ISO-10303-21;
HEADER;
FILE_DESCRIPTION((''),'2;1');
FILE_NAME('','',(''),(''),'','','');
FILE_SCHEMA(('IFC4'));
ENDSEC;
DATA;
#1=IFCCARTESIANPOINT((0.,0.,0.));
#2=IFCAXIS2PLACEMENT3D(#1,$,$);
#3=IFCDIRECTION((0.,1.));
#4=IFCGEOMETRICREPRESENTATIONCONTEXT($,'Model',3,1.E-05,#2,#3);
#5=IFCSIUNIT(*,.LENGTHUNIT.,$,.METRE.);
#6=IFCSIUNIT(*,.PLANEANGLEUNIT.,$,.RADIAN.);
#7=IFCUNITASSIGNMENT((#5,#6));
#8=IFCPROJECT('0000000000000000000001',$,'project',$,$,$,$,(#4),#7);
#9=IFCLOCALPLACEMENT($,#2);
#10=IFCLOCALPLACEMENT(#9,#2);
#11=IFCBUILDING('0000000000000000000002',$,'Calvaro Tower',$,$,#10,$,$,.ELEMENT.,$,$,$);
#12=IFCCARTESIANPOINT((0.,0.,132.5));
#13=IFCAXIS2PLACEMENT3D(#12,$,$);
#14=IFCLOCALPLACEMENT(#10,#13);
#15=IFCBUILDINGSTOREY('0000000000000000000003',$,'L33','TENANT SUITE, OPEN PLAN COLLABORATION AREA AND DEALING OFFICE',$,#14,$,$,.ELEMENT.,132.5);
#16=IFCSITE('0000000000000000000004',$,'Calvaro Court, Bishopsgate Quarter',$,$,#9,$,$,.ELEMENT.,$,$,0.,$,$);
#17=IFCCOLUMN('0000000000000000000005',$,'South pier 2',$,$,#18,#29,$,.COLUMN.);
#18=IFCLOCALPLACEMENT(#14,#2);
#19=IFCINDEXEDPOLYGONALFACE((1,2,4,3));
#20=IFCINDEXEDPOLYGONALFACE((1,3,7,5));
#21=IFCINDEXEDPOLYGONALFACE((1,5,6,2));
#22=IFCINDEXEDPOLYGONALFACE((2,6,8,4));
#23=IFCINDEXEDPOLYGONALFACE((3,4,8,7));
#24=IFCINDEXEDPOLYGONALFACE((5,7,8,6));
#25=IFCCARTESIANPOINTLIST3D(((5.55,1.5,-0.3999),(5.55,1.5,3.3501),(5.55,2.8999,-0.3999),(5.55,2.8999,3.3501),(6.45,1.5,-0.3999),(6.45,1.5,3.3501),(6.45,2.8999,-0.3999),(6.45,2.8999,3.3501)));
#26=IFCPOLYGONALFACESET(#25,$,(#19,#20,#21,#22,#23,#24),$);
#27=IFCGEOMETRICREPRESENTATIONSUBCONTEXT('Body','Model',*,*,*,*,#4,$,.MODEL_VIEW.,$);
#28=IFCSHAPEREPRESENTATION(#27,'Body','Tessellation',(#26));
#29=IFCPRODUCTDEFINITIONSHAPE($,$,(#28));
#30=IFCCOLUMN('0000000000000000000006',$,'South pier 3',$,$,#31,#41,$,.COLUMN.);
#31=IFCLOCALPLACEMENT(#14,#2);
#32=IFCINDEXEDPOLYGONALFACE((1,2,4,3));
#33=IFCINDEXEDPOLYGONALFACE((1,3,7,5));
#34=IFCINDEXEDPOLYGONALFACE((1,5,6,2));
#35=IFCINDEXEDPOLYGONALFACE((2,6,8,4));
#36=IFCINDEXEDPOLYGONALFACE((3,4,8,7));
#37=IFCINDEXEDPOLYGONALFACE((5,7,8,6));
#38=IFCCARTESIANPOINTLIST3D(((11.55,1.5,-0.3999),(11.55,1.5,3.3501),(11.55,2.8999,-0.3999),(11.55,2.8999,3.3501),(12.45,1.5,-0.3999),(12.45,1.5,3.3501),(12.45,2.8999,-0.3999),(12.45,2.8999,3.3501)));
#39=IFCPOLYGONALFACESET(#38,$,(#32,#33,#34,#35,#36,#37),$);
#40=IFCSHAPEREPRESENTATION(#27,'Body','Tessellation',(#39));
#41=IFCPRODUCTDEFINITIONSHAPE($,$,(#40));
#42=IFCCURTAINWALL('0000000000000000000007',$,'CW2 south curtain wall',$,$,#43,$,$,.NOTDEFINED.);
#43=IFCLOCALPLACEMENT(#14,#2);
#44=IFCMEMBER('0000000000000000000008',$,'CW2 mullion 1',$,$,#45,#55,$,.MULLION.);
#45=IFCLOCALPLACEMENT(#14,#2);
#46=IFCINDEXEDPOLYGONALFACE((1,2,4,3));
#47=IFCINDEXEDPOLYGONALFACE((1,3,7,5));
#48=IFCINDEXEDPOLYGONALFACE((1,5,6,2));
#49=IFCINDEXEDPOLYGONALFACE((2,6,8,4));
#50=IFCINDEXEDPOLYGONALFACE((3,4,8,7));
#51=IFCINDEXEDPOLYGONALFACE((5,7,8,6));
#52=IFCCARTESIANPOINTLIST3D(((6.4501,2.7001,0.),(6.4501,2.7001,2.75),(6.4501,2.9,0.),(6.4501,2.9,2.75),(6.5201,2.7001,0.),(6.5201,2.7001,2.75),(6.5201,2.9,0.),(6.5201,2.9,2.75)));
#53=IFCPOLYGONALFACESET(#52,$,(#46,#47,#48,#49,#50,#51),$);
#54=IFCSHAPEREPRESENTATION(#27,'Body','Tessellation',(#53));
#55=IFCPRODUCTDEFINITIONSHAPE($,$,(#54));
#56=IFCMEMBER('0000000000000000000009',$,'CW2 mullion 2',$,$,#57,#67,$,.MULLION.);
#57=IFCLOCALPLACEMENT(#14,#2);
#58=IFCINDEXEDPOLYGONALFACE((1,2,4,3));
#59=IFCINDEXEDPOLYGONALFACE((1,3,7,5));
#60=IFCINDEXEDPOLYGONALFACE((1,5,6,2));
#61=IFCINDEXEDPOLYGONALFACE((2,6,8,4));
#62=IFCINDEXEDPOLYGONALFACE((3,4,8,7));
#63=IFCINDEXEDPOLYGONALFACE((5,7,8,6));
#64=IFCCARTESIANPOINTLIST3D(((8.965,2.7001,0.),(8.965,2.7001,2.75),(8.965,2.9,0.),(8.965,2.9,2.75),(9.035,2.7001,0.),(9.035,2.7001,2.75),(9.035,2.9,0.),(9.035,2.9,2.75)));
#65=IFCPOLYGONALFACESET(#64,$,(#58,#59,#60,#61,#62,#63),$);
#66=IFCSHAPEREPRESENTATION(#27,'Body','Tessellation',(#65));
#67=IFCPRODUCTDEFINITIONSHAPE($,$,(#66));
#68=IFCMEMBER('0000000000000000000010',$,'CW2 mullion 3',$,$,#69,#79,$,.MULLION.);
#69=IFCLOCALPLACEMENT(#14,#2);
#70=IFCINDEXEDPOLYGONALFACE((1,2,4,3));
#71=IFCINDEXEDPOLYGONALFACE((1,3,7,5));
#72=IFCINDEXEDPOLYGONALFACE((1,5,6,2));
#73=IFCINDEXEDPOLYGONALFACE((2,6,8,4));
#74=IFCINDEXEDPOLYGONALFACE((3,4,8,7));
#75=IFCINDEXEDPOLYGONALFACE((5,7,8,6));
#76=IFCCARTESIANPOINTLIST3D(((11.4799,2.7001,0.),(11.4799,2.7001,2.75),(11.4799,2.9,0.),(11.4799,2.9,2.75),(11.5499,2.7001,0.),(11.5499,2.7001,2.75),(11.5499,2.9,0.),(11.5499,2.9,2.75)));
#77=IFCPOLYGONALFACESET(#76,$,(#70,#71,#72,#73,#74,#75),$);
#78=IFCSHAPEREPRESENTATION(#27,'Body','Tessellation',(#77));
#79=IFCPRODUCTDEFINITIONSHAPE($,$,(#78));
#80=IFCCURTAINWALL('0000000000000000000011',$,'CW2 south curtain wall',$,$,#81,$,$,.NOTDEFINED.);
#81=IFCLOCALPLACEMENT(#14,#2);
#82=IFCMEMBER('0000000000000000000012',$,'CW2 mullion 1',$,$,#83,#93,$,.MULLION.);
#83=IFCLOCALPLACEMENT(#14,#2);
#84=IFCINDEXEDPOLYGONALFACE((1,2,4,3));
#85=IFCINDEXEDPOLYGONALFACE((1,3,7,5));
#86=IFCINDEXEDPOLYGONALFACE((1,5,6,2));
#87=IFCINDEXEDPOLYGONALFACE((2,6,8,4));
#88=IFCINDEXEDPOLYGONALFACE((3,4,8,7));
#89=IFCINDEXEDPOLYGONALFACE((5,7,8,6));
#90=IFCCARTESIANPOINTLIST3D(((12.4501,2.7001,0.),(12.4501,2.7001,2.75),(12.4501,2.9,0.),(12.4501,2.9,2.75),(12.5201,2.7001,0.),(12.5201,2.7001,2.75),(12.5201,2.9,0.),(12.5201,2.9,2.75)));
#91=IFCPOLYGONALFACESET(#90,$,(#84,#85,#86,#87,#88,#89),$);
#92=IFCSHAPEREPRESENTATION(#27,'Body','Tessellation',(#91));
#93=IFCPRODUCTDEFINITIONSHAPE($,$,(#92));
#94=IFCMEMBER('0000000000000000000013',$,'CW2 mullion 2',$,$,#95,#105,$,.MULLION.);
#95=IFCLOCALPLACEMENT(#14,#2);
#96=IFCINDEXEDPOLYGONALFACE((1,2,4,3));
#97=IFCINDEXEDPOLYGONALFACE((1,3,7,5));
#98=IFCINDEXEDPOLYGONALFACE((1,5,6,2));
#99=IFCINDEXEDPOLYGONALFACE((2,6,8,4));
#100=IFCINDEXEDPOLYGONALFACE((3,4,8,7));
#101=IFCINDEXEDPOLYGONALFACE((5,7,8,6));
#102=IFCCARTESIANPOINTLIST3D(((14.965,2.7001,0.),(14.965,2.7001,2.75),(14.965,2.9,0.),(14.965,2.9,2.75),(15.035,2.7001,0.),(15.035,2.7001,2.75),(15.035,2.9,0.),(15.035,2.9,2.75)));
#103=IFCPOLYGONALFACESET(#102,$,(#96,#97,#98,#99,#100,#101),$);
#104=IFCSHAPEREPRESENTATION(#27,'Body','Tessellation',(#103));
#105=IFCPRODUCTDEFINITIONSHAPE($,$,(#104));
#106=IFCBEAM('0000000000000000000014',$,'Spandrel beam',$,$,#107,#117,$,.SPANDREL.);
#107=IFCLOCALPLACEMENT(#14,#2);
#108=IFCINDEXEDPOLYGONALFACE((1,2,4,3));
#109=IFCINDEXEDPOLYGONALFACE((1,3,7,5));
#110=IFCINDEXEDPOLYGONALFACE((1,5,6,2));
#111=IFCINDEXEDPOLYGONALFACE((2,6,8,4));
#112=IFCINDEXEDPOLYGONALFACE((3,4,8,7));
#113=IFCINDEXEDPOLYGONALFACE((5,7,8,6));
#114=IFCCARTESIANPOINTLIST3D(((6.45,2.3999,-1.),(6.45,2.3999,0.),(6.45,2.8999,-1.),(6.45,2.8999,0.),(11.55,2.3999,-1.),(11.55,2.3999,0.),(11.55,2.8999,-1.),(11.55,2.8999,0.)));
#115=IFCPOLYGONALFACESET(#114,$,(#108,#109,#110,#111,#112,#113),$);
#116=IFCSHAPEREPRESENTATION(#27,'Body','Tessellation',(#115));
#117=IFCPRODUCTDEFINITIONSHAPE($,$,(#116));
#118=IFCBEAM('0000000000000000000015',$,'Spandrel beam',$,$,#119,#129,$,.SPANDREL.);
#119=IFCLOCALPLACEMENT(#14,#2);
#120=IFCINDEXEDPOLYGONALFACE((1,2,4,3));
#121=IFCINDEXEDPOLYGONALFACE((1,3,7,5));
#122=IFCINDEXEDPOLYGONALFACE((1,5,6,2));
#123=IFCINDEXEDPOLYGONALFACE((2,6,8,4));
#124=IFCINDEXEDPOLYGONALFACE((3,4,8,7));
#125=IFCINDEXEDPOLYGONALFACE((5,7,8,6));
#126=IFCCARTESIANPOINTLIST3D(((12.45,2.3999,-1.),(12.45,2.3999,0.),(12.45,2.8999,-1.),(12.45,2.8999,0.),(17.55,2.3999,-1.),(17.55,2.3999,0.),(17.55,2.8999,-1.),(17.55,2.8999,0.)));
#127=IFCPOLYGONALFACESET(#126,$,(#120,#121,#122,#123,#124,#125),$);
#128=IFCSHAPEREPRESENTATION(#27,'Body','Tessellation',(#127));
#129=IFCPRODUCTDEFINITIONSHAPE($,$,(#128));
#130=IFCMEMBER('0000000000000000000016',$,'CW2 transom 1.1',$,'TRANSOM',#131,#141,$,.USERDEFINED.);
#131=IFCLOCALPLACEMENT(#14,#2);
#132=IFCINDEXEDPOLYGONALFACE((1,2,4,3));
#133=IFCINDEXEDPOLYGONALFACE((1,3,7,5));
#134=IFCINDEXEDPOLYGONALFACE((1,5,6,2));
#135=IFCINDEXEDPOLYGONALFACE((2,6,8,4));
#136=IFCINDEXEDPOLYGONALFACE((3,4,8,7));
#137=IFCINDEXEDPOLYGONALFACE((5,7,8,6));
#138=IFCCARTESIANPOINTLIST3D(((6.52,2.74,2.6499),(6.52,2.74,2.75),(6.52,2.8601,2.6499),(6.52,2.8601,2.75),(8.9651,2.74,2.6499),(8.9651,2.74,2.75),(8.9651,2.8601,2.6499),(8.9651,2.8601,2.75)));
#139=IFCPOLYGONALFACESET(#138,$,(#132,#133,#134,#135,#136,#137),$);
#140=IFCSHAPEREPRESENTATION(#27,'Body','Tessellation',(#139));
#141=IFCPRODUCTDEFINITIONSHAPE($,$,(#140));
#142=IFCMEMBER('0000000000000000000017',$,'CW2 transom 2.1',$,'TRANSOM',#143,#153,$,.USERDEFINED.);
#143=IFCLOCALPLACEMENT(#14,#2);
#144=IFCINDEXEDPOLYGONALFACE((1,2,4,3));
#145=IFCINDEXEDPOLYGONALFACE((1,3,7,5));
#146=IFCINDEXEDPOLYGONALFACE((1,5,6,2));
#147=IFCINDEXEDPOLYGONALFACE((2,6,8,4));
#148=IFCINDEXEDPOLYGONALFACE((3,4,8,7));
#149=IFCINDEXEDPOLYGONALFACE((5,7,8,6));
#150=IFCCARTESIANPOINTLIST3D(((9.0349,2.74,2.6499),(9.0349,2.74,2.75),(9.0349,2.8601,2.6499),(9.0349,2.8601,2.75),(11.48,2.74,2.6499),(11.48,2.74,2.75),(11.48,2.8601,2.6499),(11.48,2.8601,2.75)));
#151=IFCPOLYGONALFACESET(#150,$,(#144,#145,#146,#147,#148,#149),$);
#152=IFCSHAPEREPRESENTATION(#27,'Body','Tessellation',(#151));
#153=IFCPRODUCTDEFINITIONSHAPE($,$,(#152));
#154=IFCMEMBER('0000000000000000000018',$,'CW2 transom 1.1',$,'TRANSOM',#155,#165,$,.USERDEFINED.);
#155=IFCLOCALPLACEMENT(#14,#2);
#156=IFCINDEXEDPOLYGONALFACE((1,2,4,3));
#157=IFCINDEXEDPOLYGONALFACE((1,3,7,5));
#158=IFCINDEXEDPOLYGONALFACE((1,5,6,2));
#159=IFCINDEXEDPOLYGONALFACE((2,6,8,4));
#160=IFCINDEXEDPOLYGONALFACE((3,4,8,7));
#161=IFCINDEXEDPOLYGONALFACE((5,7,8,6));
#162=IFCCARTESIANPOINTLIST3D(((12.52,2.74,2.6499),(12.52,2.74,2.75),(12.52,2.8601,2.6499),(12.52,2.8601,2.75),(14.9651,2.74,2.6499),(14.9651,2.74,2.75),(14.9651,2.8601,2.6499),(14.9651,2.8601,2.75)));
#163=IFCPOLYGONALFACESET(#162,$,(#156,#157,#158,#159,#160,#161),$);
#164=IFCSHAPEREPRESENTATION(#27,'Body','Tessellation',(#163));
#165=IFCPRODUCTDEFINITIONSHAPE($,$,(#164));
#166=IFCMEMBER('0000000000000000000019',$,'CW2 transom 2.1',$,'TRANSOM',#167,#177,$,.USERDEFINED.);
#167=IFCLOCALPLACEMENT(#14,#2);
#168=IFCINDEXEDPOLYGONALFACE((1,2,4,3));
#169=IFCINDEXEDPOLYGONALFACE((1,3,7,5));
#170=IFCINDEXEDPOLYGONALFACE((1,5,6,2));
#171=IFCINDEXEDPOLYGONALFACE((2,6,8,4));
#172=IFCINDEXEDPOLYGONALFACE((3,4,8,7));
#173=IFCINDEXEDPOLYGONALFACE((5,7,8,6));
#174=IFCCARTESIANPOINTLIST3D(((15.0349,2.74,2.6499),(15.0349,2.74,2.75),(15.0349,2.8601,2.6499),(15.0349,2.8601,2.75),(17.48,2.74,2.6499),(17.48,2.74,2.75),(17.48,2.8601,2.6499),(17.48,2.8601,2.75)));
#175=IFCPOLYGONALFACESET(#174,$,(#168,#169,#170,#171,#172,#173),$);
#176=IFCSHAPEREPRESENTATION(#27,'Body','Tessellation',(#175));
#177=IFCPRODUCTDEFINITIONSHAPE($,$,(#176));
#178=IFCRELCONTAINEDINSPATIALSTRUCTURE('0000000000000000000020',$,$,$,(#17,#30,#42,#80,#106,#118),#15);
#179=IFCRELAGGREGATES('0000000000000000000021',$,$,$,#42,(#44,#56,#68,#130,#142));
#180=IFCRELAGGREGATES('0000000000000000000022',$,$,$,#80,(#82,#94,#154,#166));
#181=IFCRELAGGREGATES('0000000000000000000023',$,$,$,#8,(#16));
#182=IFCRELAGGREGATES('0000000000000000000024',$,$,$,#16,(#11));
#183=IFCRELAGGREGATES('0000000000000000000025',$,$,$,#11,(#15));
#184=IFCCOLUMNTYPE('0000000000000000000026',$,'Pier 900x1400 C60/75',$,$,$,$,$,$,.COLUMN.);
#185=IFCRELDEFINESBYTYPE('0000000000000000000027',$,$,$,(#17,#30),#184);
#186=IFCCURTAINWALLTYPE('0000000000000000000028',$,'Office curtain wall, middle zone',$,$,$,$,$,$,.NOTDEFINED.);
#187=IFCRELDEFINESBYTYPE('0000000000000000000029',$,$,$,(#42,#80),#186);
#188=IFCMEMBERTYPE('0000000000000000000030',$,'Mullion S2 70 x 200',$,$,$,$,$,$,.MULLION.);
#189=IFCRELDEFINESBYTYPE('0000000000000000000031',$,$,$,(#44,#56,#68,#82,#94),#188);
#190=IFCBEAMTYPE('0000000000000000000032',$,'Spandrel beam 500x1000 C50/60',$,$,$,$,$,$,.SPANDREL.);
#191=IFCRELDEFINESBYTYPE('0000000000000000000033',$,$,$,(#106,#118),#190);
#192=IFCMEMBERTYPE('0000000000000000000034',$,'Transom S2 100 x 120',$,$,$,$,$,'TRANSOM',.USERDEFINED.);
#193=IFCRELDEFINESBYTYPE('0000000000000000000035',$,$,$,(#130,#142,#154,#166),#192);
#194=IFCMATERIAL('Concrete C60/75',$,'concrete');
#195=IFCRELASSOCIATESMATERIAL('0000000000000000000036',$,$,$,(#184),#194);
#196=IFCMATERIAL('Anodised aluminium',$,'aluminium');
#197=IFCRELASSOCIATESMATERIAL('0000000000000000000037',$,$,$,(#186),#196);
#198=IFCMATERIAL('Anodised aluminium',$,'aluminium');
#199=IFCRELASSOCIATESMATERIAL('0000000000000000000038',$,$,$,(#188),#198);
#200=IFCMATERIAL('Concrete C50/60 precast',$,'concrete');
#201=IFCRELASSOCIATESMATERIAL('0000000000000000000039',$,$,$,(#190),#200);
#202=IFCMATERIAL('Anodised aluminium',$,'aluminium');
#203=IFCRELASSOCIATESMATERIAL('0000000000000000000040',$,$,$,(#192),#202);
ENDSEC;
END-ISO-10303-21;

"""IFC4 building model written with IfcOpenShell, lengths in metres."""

from ifc_helpers import new_model, si_unit, direction, frame, origin, origin_2d, place, context, subcontext, project, spatial, rectangle, extrude, material, material_profile, profile_set, type_object, element, aggregate, save


model = new_model("IFC4")

# Units and contexts
model_context = context("Model", 3, precision=1e-05, world=origin(), true_north=direction((0.0, 1.0)))
body_context = subcontext(model_context, "Body", "Model", "MODEL_VIEW")
ifc_project = project(units=[si_unit("LENGTHUNIT", "METRE"), si_unit("PLANEANGLEUNIT", "RADIAN")], contexts=[model_context])

# Site, building, storey
site_placement = place(None, origin())
site = spatial("IfcSite", under=ifc_project, at=site_placement, Name="Calvaro Court, Bishopsgate Quarter", CompositionType="ELEMENT", RefElevation=0.0)
building_placement = place(site_placement, origin())
building = spatial("IfcBuilding", under=site, at=building_placement, Name="Calvaro Tower", CompositionType="ELEMENT")
storey_placement = place(building_placement, frame((0.0, 0.0, 132.5)))
storey = spatial("IfcBuildingStorey", under=building, at=storey_placement, Name="L33", Description="TENANT SUITE, OPEN PLAN COLLABORATION AREA AND DEALING OFFICE", CompositionType="ELEMENT", Elevation=132.5)

# Columns
ifc_material_1 = material(Name="Concrete C60/75", Category="concrete")
ifc_material_profile_1 = material_profile(ifc_material_1, rectangle(XDim=0.8999, YDim=1.3999, at=origin_2d()), Name="RC 900x1400")
ifc_profile_set_1 = profile_set([ifc_material_profile_1], Name="Concrete C60/75")
column_type = type_object("IfcColumnType", Name="Pier 900x1400 C60/75", PredefinedType="COLUMN", material=ifc_profile_set_1)
for number, where, z_axis, x_axis, name in (
    (1, (6.0, 2.2, -0.3999), (0.0, 0.0, 1.0), (1.0, 0.0, 0.0), "South pier 2"),
    (2, (12.0, 2.2, -0.3999), (0.0, 0.0, 1.0), (1.0, 0.0, 0.0), "South pier 3"),
):
    element("IfcColumn", number, at=place(storey_placement, frame(where, z_axis=z_axis, x_axis=x_axis)), inside=storey, type_object=column_type, Name=name, PredefinedType="COLUMN", context=body_context, shape_type="SweptSolid", body=[
        extrude(rectangle(XDim=0.8999, YDim=1.3999, at=origin_2d()), origin(), (0.0, 0.0, 1.0), 3.75),
    ])

# Curtain walls, members
ifc_material_2 = material(Name="Anodised aluminium", Category="aluminium")
curtain_wall_type = type_object("IfcCurtainWallType", Name="Office curtain wall, middle zone", PredefinedType="NOTDEFINED", material=ifc_material_2)
curtain_wall_1_placement = place(storey_placement, origin())
curtain_wall_1 = element("IfcCurtainWall", 3, at=curtain_wall_1_placement, inside=storey, type_object=curtain_wall_type, Name="CW2 south curtain wall", PredefinedType="NOTDEFINED")
ifc_material_3 = material(Name="Anodised aluminium", Category="aluminium")
ifc_material_profile_2 = material_profile(ifc_material_3, rectangle(XDim=0.2, YDim=0.0701, at=origin_2d()), Name="Mullion S2 70 x 200")
ifc_profile_set_2 = profile_set([ifc_material_profile_2], Name="Anodised aluminium")
member_type_1 = type_object("IfcMemberType", Name="Mullion S2 70 x 200", PredefinedType="MULLION", material=ifc_profile_set_2)
member_1_placement = place(storey_placement, frame((6.4851, 2.8, 0.0), z_axis=(0.0, 0.0, 1.0), x_axis=(0.0, 1.0, 0.0)))
member_1 = element("IfcMember", 4, at=member_1_placement, type_object=member_type_1, Name="CW2 mullion 1", PredefinedType="MULLION", context=body_context, shape_type="SweptSolid", body=[
    extrude(rectangle(XDim=0.2, YDim=0.0701, at=origin_2d()), origin(), (0.0, 0.0, 1.0), 2.75),
])
member_2_placement = place(storey_placement, frame((9.0, 2.8, 0.0), z_axis=(0.0, 0.0, 1.0), x_axis=(0.0, 1.0, 0.0)))
member_2 = element("IfcMember", 5, at=member_2_placement, type_object=member_type_1, Name="CW2 mullion 2", PredefinedType="MULLION", context=body_context, shape_type="SweptSolid", body=[
    extrude(rectangle(XDim=0.2, YDim=0.0701, at=origin_2d()), origin(), (0.0, 0.0, 1.0), 2.75),
])
member_3_placement = place(storey_placement, frame((11.5149, 2.8, 0.0), z_axis=(0.0, 0.0, 1.0), x_axis=(0.0, 1.0, 0.0)))
member_3 = element("IfcMember", 6, at=member_3_placement, type_object=member_type_1, Name="CW2 mullion 3", PredefinedType="MULLION", context=body_context, shape_type="SweptSolid", body=[
    extrude(rectangle(XDim=0.2, YDim=0.0701, at=origin_2d()), origin(), (0.0, 0.0, 1.0), 2.75),
])
curtain_wall_2_placement = place(storey_placement, origin())
curtain_wall_2 = element("IfcCurtainWall", 7, at=curtain_wall_2_placement, inside=storey, type_object=curtain_wall_type, Name="CW2 south curtain wall", PredefinedType="NOTDEFINED")
member_4_placement = place(storey_placement, frame((12.4851, 2.8, 0.0), z_axis=(0.0, 0.0, 1.0), x_axis=(0.0, 1.0, 0.0)))
member_4 = element("IfcMember", 8, at=member_4_placement, type_object=member_type_1, Name="CW2 mullion 1", PredefinedType="MULLION", context=body_context, shape_type="SweptSolid", body=[
    extrude(rectangle(XDim=0.2, YDim=0.0701, at=origin_2d()), origin(), (0.0, 0.0, 1.0), 2.75),
])
member_5_placement = place(storey_placement, frame((15.0, 2.8, 0.0), z_axis=(0.0, 0.0, 1.0), x_axis=(0.0, 1.0, 0.0)))
member_5 = element("IfcMember", 9, at=member_5_placement, type_object=member_type_1, Name="CW2 mullion 2", PredefinedType="MULLION", context=body_context, shape_type="SweptSolid", body=[
    extrude(rectangle(XDim=0.2, YDim=0.0701, at=origin_2d()), origin(), (0.0, 0.0, 1.0), 2.75),
])

# Beams
ifc_material_4 = material(Name="Concrete C50/60 precast", Category="concrete")
ifc_material_profile_3 = material_profile(ifc_material_4, rectangle(XDim=0.5, YDim=1.0, at=origin_2d()), Name="RC 500x1000")
ifc_profile_set_3 = profile_set([ifc_material_profile_3], Name="Concrete C50/60 precast")
beam_type = type_object("IfcBeamType", Name="Spandrel beam 500x1000 C50/60", PredefinedType="SPANDREL", material=ifc_profile_set_3)
for number, where, z_axis, x_axis, name in (
    (10, (6.45, 2.6499, -0.5), (1.0, 0.0, 0.0), (0.0, 1.0, 0.0), "Spandrel beam"),
    (11, (12.45, 2.6499, -0.5), (1.0, 0.0, 0.0), (0.0, 1.0, 0.0), "Spandrel beam"),
):
    element("IfcBeam", number, at=place(storey_placement, frame(where, z_axis=z_axis, x_axis=x_axis)), inside=storey, type_object=beam_type, Name=name, PredefinedType="SPANDREL", context=body_context, shape_type="SweptSolid", body=[
        extrude(rectangle(XDim=0.5, YDim=1.0, at=origin_2d()), origin(), (0.0, 0.0, 1.0), 5.1001),
    ])

# Members
ifc_material_5 = material(Name="Anodised aluminium", Category="aluminium")
ifc_material_profile_4 = material_profile(ifc_material_5, rectangle(XDim=0.1201, YDim=0.1001, at=origin_2d()), Name="Transom S2 100 x 120")
ifc_profile_set_4 = profile_set([ifc_material_profile_4], Name="Anodised aluminium")
member_type_2 = type_object("IfcMemberType", Name="Transom S2 100 x 120", ElementType="TRANSOM", PredefinedType="USERDEFINED", material=ifc_profile_set_4)
member_6_placement = place(storey_placement, frame((6.52, 2.8, 2.7), z_axis=(1.0, 0.0, 0.0), x_axis=(0.0, 1.0, 0.0)))
member_6 = element("IfcMember", 12, at=member_6_placement, type_object=member_type_2, Name="CW2 transom 1.1", ObjectType="TRANSOM", PredefinedType="USERDEFINED", context=body_context, shape_type="SweptSolid", body=[
    extrude(rectangle(XDim=0.1201, YDim=0.1001, at=origin_2d()), origin(), (0.0, 0.0, 1.0), 2.4451),
])
member_7_placement = place(storey_placement, frame((9.0349, 2.8, 2.7), z_axis=(1.0, 0.0, 0.0), x_axis=(0.0, 1.0, 0.0)))
member_7 = element("IfcMember", 13, at=member_7_placement, type_object=member_type_2, Name="CW2 transom 2.1", ObjectType="TRANSOM", PredefinedType="USERDEFINED", context=body_context, shape_type="SweptSolid", body=[
    extrude(rectangle(XDim=0.1201, YDim=0.1001, at=origin_2d()), origin(), (0.0, 0.0, 1.0), 2.4451),
])
member_8_placement = place(storey_placement, frame((12.52, 2.8, 2.7), z_axis=(1.0, 0.0, 0.0), x_axis=(0.0, 1.0, 0.0)))
member_8 = element("IfcMember", 14, at=member_8_placement, type_object=member_type_2, Name="CW2 transom 1.1", ObjectType="TRANSOM", PredefinedType="USERDEFINED", context=body_context, shape_type="SweptSolid", body=[
    extrude(rectangle(XDim=0.1201, YDim=0.1001, at=origin_2d()), origin(), (0.0, 0.0, 1.0), 2.4451),
])
member_9_placement = place(storey_placement, frame((15.0349, 2.8, 2.7), z_axis=(1.0, 0.0, 0.0), x_axis=(0.0, 1.0, 0.0)))
member_9 = element("IfcMember", 15, at=member_9_placement, type_object=member_type_2, Name="CW2 transom 2.1", ObjectType="TRANSOM", PredefinedType="USERDEFINED", context=body_context, shape_type="SweptSolid", body=[
    extrude(rectangle(XDim=0.1201, YDim=0.1001, at=origin_2d()), origin(), (0.0, 0.0, 1.0), 2.4451),
])

aggregate(curtain_wall_1, [member_1, member_2, member_3, member_6, member_7])
aggregate(curtain_wall_2, [member_4, member_5, member_8, member_9])

save(model, "model.ifc")
